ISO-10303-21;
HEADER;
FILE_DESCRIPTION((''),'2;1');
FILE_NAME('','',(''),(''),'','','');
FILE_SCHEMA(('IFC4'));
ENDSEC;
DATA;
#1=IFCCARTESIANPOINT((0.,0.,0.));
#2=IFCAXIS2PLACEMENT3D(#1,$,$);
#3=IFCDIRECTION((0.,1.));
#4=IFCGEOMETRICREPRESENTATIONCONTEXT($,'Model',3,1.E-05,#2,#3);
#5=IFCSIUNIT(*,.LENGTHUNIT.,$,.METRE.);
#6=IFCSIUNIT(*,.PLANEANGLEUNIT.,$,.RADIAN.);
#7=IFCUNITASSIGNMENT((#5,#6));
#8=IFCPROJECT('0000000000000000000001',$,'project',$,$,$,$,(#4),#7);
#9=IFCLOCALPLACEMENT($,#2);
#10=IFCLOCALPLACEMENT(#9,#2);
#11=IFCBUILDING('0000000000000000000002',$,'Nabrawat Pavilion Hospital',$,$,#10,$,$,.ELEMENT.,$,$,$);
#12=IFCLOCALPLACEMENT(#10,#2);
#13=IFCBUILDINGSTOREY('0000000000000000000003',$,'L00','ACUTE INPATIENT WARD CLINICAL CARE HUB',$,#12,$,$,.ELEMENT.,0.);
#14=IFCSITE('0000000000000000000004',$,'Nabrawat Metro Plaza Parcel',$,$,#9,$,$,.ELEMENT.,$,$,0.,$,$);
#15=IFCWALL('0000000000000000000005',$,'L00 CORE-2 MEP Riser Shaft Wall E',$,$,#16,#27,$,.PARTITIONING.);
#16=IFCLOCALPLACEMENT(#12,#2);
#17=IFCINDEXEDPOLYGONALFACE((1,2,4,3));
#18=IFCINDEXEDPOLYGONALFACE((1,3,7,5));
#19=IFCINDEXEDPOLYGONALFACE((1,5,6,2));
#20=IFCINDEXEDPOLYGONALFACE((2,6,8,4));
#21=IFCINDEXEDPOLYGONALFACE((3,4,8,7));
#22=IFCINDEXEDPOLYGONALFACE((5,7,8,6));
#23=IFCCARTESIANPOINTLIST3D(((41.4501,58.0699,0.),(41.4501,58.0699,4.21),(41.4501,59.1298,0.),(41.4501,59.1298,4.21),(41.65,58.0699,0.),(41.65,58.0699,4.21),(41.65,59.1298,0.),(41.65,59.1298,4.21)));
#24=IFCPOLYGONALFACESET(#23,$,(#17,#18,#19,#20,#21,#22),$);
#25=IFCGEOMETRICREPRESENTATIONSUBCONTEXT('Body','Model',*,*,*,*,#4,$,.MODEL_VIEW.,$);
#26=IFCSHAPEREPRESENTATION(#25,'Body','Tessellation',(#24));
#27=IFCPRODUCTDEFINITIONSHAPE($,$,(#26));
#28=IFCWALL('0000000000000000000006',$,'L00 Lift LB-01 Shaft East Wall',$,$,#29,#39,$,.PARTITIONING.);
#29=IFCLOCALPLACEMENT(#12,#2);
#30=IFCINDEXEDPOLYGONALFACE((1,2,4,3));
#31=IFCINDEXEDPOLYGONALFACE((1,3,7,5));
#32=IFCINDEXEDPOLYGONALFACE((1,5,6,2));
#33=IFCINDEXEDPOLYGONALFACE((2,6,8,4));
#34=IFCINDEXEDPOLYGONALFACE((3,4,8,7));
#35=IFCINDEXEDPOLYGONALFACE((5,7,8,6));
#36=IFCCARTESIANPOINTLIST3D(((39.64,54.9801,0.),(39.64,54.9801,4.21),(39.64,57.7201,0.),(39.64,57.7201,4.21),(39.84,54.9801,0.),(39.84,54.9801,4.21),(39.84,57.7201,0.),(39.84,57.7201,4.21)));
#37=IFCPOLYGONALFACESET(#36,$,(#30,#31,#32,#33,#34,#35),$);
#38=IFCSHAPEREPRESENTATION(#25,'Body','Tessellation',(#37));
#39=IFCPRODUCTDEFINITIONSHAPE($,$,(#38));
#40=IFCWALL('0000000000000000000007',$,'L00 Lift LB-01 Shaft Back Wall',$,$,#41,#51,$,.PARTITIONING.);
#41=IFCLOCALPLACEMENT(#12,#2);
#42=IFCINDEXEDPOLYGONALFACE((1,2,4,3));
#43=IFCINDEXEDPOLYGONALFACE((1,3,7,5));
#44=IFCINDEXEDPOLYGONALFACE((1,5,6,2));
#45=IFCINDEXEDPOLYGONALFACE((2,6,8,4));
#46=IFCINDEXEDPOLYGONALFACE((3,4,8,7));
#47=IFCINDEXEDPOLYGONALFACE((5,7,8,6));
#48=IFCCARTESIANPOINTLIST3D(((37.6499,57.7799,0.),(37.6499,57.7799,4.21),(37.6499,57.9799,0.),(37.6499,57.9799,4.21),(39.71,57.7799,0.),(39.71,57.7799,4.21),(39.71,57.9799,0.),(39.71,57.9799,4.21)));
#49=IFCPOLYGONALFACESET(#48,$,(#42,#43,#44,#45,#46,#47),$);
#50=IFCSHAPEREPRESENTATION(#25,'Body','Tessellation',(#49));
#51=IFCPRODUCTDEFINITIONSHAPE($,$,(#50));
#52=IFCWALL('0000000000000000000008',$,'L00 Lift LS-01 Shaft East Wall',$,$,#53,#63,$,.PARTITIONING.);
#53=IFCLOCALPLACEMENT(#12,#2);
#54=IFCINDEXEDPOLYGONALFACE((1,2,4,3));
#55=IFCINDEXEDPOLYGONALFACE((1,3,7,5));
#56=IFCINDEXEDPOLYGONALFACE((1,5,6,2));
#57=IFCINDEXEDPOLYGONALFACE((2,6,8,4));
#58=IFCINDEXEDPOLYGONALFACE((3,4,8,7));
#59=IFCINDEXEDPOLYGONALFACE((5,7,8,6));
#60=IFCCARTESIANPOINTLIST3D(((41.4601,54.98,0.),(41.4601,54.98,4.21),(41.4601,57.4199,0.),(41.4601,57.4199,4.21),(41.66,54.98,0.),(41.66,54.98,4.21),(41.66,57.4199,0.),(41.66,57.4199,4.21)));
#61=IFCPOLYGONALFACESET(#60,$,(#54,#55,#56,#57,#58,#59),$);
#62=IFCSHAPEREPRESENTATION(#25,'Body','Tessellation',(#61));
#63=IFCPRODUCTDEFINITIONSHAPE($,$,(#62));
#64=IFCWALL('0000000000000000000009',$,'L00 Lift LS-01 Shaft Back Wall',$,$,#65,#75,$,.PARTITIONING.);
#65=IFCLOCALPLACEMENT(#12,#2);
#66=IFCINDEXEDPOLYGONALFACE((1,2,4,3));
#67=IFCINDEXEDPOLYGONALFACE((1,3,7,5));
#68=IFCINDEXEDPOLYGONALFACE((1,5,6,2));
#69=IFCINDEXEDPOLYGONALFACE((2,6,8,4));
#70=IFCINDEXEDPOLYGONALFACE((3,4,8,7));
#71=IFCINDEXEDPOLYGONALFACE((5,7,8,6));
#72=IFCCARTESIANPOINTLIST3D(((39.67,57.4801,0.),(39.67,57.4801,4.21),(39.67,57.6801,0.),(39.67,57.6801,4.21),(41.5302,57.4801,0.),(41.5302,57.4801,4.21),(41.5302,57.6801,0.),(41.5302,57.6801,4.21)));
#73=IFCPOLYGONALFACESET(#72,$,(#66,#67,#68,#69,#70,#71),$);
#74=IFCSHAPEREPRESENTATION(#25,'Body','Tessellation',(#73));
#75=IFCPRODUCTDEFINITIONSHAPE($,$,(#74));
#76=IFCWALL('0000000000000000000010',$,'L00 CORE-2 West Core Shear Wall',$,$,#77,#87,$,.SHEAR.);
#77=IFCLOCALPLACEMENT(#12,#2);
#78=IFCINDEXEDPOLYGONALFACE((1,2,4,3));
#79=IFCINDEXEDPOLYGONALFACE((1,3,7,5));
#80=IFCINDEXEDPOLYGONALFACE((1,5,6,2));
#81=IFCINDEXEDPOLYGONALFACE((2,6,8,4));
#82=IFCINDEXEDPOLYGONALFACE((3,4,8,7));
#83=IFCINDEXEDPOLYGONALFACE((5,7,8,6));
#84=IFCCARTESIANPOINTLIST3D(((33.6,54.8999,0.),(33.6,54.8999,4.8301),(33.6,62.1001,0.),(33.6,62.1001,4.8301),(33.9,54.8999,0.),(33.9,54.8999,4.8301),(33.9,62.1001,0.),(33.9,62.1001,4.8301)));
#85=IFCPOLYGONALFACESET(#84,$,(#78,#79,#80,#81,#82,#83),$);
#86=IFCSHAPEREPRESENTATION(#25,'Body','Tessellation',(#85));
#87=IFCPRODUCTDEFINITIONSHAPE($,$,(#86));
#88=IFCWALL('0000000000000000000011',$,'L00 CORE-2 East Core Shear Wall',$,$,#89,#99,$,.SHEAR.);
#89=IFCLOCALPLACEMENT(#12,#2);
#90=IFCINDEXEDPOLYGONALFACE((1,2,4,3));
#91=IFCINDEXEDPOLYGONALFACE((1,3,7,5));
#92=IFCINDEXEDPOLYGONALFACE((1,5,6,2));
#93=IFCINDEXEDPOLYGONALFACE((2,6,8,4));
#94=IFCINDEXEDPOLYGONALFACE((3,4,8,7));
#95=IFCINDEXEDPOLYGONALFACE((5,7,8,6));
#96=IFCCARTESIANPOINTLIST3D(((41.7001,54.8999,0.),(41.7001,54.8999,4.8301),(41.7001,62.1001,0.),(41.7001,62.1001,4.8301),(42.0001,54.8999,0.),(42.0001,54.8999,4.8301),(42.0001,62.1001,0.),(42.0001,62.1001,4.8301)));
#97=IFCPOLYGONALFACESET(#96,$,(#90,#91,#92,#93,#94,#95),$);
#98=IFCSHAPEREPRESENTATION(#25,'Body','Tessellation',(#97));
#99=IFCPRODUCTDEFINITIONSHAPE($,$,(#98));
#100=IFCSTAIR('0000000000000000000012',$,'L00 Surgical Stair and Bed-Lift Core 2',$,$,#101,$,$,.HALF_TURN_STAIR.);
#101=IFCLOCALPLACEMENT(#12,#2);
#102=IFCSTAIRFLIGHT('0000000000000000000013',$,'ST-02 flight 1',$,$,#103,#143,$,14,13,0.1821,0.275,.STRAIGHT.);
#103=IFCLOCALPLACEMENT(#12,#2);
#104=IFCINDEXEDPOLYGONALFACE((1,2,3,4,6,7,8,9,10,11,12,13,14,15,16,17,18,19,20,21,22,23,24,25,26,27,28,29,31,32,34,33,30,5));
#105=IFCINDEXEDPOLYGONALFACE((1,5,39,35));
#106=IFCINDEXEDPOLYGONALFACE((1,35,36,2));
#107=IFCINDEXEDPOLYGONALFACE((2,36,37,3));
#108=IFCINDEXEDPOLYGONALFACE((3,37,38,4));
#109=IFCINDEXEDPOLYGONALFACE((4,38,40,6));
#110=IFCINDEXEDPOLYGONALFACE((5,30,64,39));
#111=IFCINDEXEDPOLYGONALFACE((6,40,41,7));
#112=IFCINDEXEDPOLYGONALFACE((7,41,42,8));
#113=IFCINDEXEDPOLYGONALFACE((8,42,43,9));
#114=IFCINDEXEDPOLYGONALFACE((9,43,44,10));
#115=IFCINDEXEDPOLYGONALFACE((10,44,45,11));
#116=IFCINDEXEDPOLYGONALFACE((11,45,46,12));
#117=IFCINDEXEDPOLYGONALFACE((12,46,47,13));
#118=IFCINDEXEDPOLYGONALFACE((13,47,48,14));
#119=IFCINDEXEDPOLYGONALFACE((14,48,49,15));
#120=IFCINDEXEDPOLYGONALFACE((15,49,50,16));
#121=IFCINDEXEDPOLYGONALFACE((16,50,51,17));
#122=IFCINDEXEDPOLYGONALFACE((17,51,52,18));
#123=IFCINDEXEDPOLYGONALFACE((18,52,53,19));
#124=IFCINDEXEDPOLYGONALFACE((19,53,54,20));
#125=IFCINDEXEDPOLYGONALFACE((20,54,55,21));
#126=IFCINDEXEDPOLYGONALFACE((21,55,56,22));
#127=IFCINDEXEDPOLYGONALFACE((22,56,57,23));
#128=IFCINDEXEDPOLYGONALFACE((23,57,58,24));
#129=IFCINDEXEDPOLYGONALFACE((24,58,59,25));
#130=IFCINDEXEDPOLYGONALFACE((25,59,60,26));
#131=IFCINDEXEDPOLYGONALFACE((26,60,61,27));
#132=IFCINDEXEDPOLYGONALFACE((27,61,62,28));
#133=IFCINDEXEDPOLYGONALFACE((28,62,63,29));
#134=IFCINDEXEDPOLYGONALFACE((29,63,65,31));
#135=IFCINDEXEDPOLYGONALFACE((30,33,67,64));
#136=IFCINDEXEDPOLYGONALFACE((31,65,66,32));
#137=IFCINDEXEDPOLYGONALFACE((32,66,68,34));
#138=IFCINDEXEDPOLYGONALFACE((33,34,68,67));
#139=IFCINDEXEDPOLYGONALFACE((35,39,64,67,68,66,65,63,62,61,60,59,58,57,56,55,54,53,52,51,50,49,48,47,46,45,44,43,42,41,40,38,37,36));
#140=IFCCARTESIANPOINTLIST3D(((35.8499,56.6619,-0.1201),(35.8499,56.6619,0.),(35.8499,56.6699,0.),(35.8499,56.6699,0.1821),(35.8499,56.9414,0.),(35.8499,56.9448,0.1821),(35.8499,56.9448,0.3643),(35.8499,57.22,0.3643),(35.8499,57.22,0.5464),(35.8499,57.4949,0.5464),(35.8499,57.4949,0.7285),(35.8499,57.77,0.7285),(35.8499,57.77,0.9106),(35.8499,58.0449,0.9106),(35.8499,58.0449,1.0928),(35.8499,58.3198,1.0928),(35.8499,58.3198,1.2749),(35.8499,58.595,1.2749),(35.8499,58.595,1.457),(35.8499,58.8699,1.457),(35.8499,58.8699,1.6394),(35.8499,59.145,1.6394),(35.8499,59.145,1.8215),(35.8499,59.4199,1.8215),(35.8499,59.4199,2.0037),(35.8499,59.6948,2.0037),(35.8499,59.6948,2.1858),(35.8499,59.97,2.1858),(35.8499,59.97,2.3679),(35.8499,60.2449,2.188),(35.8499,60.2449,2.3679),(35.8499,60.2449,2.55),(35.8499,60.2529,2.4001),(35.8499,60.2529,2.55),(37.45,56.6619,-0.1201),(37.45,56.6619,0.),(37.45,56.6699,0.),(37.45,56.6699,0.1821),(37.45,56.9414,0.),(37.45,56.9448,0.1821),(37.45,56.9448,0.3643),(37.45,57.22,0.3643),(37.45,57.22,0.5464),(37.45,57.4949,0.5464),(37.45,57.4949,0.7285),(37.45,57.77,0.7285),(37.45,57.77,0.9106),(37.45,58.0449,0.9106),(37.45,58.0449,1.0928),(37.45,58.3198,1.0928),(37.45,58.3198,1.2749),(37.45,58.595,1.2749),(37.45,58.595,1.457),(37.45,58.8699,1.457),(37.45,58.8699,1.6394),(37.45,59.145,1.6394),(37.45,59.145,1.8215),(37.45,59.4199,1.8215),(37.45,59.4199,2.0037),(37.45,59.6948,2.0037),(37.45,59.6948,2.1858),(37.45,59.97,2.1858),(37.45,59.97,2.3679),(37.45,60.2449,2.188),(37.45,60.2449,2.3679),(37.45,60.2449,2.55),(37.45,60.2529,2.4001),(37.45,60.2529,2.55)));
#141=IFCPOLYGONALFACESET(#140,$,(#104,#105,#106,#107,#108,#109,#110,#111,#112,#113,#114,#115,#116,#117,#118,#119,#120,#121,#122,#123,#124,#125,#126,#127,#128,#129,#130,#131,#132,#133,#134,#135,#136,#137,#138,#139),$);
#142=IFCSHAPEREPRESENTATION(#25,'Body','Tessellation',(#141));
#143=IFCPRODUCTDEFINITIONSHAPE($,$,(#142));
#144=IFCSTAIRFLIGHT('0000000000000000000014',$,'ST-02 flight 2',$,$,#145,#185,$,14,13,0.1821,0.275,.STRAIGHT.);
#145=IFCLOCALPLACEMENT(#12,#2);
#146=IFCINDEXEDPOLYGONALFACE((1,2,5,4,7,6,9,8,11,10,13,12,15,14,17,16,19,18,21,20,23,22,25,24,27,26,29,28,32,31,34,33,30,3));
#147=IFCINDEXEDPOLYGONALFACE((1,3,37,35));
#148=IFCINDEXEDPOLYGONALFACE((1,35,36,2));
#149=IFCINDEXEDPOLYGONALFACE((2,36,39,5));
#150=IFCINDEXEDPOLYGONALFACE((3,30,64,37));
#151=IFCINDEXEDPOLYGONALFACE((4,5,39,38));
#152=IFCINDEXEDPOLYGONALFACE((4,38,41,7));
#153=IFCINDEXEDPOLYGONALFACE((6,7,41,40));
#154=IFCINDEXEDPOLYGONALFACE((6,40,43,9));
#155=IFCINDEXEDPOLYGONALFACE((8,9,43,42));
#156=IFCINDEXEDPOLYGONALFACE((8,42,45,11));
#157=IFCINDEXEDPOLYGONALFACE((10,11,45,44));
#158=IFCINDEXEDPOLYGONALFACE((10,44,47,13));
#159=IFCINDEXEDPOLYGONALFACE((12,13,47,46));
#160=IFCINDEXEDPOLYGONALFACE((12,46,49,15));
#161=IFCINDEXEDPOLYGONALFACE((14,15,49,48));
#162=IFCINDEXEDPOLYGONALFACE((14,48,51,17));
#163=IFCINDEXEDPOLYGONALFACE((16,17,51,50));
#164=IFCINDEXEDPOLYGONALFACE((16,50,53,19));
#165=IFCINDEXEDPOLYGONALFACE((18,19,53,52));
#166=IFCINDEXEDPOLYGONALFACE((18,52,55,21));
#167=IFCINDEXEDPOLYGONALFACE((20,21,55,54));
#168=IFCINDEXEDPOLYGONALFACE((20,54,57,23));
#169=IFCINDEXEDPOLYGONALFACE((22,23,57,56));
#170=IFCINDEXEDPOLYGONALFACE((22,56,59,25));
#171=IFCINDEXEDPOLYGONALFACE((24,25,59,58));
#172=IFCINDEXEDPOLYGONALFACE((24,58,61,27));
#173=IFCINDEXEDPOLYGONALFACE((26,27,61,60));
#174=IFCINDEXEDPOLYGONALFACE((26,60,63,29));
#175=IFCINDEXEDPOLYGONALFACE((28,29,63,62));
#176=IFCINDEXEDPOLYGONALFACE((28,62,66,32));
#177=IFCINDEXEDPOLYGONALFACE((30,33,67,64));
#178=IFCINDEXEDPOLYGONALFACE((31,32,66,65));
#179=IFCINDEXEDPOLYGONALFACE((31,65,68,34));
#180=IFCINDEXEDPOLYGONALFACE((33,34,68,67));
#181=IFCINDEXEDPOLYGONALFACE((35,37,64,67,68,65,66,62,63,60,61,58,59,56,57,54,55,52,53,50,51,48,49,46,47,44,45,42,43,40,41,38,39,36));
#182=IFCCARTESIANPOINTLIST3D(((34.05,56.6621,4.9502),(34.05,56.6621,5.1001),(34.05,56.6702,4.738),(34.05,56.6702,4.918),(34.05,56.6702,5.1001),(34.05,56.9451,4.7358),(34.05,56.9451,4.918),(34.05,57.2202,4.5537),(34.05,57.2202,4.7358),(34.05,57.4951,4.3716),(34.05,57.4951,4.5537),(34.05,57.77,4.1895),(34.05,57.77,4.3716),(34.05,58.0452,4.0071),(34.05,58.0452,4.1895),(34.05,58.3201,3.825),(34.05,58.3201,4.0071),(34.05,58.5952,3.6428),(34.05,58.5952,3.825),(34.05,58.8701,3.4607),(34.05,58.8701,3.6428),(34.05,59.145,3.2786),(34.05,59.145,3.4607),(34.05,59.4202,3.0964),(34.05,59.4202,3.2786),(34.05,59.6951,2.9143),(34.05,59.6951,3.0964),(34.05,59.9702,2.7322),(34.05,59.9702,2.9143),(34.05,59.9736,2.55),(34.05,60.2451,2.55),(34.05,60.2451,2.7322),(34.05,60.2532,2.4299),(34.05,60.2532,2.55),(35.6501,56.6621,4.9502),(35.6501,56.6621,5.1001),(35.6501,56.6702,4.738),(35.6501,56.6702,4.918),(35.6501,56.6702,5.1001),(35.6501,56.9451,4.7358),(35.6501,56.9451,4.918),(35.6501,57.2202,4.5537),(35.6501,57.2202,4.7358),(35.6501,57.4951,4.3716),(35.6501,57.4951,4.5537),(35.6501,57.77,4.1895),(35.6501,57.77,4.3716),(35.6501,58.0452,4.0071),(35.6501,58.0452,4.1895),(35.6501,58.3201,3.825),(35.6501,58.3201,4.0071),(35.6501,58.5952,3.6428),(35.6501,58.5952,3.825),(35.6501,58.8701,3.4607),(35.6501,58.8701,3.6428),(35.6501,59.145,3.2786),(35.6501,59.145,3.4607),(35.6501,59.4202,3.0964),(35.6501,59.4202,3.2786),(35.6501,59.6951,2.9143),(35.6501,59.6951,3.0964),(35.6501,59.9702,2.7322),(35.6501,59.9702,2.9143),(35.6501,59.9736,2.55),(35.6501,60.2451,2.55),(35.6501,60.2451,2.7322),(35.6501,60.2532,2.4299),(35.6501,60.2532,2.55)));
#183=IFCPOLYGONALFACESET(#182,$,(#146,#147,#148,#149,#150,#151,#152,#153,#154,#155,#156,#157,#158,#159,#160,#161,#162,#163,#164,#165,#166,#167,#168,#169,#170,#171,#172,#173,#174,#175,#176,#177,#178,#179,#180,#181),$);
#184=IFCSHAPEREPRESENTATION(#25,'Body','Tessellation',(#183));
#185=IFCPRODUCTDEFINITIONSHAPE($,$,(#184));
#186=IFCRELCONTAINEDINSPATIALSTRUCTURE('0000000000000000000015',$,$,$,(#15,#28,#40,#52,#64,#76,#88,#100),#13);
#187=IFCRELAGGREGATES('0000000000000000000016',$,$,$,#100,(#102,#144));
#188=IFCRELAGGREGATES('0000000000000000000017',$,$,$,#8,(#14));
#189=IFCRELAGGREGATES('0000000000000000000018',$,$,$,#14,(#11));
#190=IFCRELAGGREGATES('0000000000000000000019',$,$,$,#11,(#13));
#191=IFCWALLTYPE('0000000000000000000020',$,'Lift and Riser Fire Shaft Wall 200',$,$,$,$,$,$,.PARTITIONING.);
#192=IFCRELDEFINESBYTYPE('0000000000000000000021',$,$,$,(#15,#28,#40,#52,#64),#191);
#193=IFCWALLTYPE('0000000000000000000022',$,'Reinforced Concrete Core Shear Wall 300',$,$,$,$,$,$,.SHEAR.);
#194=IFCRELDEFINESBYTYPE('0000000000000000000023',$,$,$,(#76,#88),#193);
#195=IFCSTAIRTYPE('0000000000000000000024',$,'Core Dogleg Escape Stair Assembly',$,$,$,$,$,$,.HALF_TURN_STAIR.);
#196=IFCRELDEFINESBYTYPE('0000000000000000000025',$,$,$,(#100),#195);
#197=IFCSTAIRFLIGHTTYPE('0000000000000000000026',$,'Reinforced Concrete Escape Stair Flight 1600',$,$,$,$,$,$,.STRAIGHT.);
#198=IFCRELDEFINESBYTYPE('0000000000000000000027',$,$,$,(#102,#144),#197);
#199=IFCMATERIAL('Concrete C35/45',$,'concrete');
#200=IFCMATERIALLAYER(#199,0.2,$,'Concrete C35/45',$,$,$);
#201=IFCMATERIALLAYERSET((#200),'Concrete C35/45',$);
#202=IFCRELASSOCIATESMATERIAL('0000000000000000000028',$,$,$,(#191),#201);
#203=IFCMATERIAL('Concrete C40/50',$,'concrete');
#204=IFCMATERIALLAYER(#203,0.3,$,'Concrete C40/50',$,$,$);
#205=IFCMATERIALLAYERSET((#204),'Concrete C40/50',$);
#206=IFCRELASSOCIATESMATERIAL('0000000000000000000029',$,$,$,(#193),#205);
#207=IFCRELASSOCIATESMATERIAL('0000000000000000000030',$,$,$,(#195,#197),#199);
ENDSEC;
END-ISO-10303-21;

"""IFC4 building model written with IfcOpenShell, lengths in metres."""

from ifc_helpers import new_model, si_unit, direction, frame, frame_2d, origin, place, context, subcontext, project, spatial, polyline, rectangle, outline, extrude, material, layer, layer_set, type_object, element, aggregate, save


model = new_model("IFC4")

# Units and contexts
model_context = context("Model", 3, precision=1e-05, world=origin(), true_north=direction((0.0, 1.0)))
body_context = subcontext(model_context, "Body", "Model", "MODEL_VIEW")
ifc_project = project(units=[si_unit("LENGTHUNIT", "METRE"), si_unit("PLANEANGLEUNIT", "RADIAN")], contexts=[model_context])

# Site, building, storey
site_placement = place(None, origin())
site = spatial("IfcSite", under=ifc_project, at=site_placement, Name="Nabrawat Metro Plaza Parcel", CompositionType="ELEMENT", RefElevation=0.0)
building_placement = place(site_placement, origin())
building = spatial("IfcBuilding", under=site, at=building_placement, Name="Nabrawat Pavilion Hospital", CompositionType="ELEMENT")
storey_placement = place(building_placement, origin())
storey = spatial("IfcBuildingStorey", under=building, at=storey_placement, Name="L00", Description="ACUTE INPATIENT WARD CLINICAL CARE HUB", CompositionType="ELEMENT", Elevation=0.0)

# Shared definitions
ifc_material_1 = material(Name="Concrete C40/50", Category="concrete")

# Walls
ifc_material_2 = material(Name="Concrete C35/45", Category="concrete")
ifc_layer_1 = layer(ifc_material_2, 0.2, Name="Concrete C35/45")
ifc_layer_set_1 = layer_set([ifc_layer_1], Name="Concrete C35/45")
wall_type_1 = type_object("IfcWallType", Name="Lift and Riser Fire Shaft Wall 200", PredefinedType="PARTITIONING", material=ifc_layer_set_1)
for number, where, z_axis, x_axis, name in (
    (1, (41.55, 58.0701, 0.0), (0.0, 0.0, 1.0), (0.0, 1.0, 0.0), "L00 CORE-2 MEP Riser Shaft Wall E"),
):
    element("IfcWall", number, at=place(storey_placement, frame(where, z_axis=z_axis, x_axis=x_axis)), inside=storey, type_object=wall_type_1, Name=name, PredefinedType="PARTITIONING", context=body_context, shape_type="SweptSolid", body=[
        extrude(rectangle(XDim=1.0598, YDim=0.2, at=frame_2d((0.5298, 0.0))), origin(), (0.0, 0.0, 1.0), 4.21),
    ])
wall_1_placement = place(storey_placement, frame((39.74, 54.98, 0.0), z_axis=(0.0, 0.0, 1.0), x_axis=(0.0, 1.0, 0.0)))
element("IfcWall", 2, at=wall_1_placement, inside=storey, type_object=wall_type_1, Name="L00 Lift LB-01 Shaft East Wall", PredefinedType="PARTITIONING", context=body_context, shape_type="SweptSolid", body=[
    extrude(rectangle(XDim=2.74, YDim=0.2, at=frame_2d((1.3701, 0.0))), origin(), (0.0, 0.0, 1.0), 4.21),
])
wall_2_placement = place(storey_placement, frame((37.6499, 57.8799, 0.0), z_axis=(0.0, 0.0, 1.0), x_axis=(1.0, 0.0, 0.0)))
element("IfcWall", 3, at=wall_2_placement, inside=storey, type_object=wall_type_1, Name="L00 Lift LB-01 Shaft Back Wall", PredefinedType="PARTITIONING", context=body_context, shape_type="SweptSolid", body=[
    extrude(rectangle(XDim=2.0601, YDim=0.2, at=frame_2d((1.03, 0.0))), origin(), (0.0, 0.0, 1.0), 4.21),
])
wall_3_placement = place(storey_placement, frame((41.5601, 54.98, 0.0), z_axis=(0.0, 0.0, 1.0), x_axis=(0.0, 1.0, 0.0)))
element("IfcWall", 4, at=wall_3_placement, inside=storey, type_object=wall_type_1, Name="L00 Lift LS-01 Shaft East Wall", PredefinedType="PARTITIONING", context=body_context, shape_type="SweptSolid", body=[
    extrude(rectangle(XDim=2.4399, YDim=0.2, at=frame_2d((1.22, 0.0))), origin(), (0.0, 0.0, 1.0), 4.21),
])
wall_4_placement = place(storey_placement, frame((39.6699, 57.5801, 0.0), z_axis=(0.0, 0.0, 1.0), x_axis=(1.0, 0.0, 0.0)))
element("IfcWall", 5, at=wall_4_placement, inside=storey, type_object=wall_type_1, Name="L00 Lift LS-01 Shaft Back Wall", PredefinedType="PARTITIONING", context=body_context, shape_type="SweptSolid", body=[
    extrude(rectangle(XDim=1.8601, YDim=0.2, at=frame_2d((0.9302, 0.0))), origin(), (0.0, 0.0, 1.0), 4.21),
])
ifc_layer_2 = layer(ifc_material_1, 0.3, Name="Concrete C40/50")
ifc_layer_set_2 = layer_set([ifc_layer_2], Name="Concrete C40/50")
wall_type_2 = type_object("IfcWallType", Name="Reinforced Concrete Core Shear Wall 300", PredefinedType="SHEAR", material=ifc_layer_set_2)
for number, where, z_axis, x_axis, name in (
    (6, (33.75, 54.8999, 0.0), (0.0, 0.0, 1.0), (0.0, 1.0, 0.0), "L00 CORE-2 West Core Shear Wall"),
    (7, (41.8501, 54.8999, 0.0), (0.0, 0.0, 1.0), (0.0, 1.0, 0.0), "L00 CORE-2 East Core Shear Wall"),
):
    element("IfcWall", number, at=place(storey_placement, frame(where, z_axis=z_axis, x_axis=x_axis)), inside=storey, type_object=wall_type_2, Name=name, PredefinedType="SHEAR", context=body_context, shape_type="SweptSolid", body=[
        extrude(rectangle(XDim=7.2002, YDim=0.3, at=frame_2d((3.6001, 0.0))), origin(), (0.0, 0.0, 1.0), 4.8301),
    ])

# Stair, stair flights
stair_type = type_object("IfcStairType", Name="Core Dogleg Escape Stair Assembly", PredefinedType="HALF_TURN_STAIR", material=ifc_material_2)
stair_placement = place(storey_placement, origin())
stair = element("IfcStair", 8, at=stair_placement, inside=storey, type_object=stair_type, Name="L00 Surgical Stair and Bed-Lift Core 2", PredefinedType="HALF_TURN_STAIR")
stair_flight_type = type_object("IfcStairFlightType", Name="Reinforced Concrete Escape Stair Flight 1600", PredefinedType="STRAIGHT", material=ifc_material_2)
stair_flight_1_placement = place(storey_placement, frame((36.6499, 56.6699, 0.0), z_axis=(0.0, 0.0, 1.0), x_axis=(0.0, 1.0, 0.0)))
stair_flight_1 = element("IfcStairFlight", 9, at=stair_flight_1_placement, type_object=stair_flight_type, Name="ST-02 flight 1", NumberOfRisers=14, NumberOfTreads=13, PredefinedType="STRAIGHT", RiserHeight=0.1821, TreadLength=0.275, context=body_context, shape_type="SweptSolid", body=[
    extrude(outline(polyline([(-0.0081, 0.0), (0.0, 0.0), (0.0, 0.1821), (0.2749, 0.1821), (0.2749, 0.3643), (0.55, 0.3643), (0.55, 0.5464), (0.825, 0.5464), (0.825, 0.7285), (1.1001, 0.7285), (1.1001, 0.9106), (1.375, 0.9106), (1.375, 1.0928), (1.6499, 1.0928), (1.6499, 1.2749), (1.925, 1.2749), (1.925, 1.457), (2.2, 1.457), (2.2, 1.6394), (2.4751, 1.6394), (2.4751, 1.8215), (2.75, 1.8215), (2.75, 2.0037), (3.0249, 2.0037), (3.0249, 2.1858), (3.3, 2.1858), (3.3, 2.3679), (3.575, 2.3679), (3.575, 2.55), (3.583, 2.55), (3.583, 2.4001), (3.575, 2.188), (0.2715, 0.0), (-0.0081, -0.1201), (-0.0081, 0.0)])), frame((0.0, 0.8, 0.0), z_axis=(0.0, -1.0, 0.0), x_axis=(1.0, 0.0, 0.0)), (0.0, 0.0, 1.0), 1.6001),
])
stair_flight_2_placement = place(storey_placement, frame((34.8501, 60.2451, 2.55), z_axis=(0.0, 0.0, 1.0), x_axis=(0.0, -1.0, 0.0)))
stair_flight_2 = element("IfcStairFlight", 10, at=stair_flight_2_placement, type_object=stair_flight_type, Name="ST-02 flight 2", NumberOfRisers=14, NumberOfTreads=13, PredefinedType="STRAIGHT", RiserHeight=0.1821, TreadLength=0.275, context=body_context, shape_type="SweptSolid", body=[
    extrude(outline(polyline([(-0.0081, 0.0), (0.0, 0.0), (0.0, 0.1821), (0.2749, 0.1821), (0.2749, 0.3643), (0.55, 0.3643), (0.55, 0.5464), (0.825, 0.5464), (0.825, 0.7285), (1.1001, 0.7285), (1.1001, 0.9106), (1.375, 0.9106), (1.375, 1.0928), (1.6499, 1.0928), (1.6499, 1.2749), (1.925, 1.2749), (1.925, 1.457), (2.2, 1.457), (2.2, 1.6394), (2.4751, 1.6394), (2.4751, 1.8215), (2.75, 1.8215), (2.75, 2.0037), (3.0249, 2.0037), (3.0249, 2.1858), (3.3, 2.1858), (3.3, 2.3679), (3.575, 2.3679), (3.575, 2.55), (3.583, 2.55), (3.583, 2.4001), (3.575, 2.188), (0.2715, 0.0), (-0.0081, -0.1201), (-0.0081, 0.0)])), frame((0.0, 0.8, 0.0), z_axis=(0.0, -1.0, 0.0), x_axis=(1.0, 0.0, 0.0)), (0.0, 0.0, 1.0), 1.6001),
])
aggregate(stair, [stair_flight_1, stair_flight_2])

save(model, "model.ifc")
